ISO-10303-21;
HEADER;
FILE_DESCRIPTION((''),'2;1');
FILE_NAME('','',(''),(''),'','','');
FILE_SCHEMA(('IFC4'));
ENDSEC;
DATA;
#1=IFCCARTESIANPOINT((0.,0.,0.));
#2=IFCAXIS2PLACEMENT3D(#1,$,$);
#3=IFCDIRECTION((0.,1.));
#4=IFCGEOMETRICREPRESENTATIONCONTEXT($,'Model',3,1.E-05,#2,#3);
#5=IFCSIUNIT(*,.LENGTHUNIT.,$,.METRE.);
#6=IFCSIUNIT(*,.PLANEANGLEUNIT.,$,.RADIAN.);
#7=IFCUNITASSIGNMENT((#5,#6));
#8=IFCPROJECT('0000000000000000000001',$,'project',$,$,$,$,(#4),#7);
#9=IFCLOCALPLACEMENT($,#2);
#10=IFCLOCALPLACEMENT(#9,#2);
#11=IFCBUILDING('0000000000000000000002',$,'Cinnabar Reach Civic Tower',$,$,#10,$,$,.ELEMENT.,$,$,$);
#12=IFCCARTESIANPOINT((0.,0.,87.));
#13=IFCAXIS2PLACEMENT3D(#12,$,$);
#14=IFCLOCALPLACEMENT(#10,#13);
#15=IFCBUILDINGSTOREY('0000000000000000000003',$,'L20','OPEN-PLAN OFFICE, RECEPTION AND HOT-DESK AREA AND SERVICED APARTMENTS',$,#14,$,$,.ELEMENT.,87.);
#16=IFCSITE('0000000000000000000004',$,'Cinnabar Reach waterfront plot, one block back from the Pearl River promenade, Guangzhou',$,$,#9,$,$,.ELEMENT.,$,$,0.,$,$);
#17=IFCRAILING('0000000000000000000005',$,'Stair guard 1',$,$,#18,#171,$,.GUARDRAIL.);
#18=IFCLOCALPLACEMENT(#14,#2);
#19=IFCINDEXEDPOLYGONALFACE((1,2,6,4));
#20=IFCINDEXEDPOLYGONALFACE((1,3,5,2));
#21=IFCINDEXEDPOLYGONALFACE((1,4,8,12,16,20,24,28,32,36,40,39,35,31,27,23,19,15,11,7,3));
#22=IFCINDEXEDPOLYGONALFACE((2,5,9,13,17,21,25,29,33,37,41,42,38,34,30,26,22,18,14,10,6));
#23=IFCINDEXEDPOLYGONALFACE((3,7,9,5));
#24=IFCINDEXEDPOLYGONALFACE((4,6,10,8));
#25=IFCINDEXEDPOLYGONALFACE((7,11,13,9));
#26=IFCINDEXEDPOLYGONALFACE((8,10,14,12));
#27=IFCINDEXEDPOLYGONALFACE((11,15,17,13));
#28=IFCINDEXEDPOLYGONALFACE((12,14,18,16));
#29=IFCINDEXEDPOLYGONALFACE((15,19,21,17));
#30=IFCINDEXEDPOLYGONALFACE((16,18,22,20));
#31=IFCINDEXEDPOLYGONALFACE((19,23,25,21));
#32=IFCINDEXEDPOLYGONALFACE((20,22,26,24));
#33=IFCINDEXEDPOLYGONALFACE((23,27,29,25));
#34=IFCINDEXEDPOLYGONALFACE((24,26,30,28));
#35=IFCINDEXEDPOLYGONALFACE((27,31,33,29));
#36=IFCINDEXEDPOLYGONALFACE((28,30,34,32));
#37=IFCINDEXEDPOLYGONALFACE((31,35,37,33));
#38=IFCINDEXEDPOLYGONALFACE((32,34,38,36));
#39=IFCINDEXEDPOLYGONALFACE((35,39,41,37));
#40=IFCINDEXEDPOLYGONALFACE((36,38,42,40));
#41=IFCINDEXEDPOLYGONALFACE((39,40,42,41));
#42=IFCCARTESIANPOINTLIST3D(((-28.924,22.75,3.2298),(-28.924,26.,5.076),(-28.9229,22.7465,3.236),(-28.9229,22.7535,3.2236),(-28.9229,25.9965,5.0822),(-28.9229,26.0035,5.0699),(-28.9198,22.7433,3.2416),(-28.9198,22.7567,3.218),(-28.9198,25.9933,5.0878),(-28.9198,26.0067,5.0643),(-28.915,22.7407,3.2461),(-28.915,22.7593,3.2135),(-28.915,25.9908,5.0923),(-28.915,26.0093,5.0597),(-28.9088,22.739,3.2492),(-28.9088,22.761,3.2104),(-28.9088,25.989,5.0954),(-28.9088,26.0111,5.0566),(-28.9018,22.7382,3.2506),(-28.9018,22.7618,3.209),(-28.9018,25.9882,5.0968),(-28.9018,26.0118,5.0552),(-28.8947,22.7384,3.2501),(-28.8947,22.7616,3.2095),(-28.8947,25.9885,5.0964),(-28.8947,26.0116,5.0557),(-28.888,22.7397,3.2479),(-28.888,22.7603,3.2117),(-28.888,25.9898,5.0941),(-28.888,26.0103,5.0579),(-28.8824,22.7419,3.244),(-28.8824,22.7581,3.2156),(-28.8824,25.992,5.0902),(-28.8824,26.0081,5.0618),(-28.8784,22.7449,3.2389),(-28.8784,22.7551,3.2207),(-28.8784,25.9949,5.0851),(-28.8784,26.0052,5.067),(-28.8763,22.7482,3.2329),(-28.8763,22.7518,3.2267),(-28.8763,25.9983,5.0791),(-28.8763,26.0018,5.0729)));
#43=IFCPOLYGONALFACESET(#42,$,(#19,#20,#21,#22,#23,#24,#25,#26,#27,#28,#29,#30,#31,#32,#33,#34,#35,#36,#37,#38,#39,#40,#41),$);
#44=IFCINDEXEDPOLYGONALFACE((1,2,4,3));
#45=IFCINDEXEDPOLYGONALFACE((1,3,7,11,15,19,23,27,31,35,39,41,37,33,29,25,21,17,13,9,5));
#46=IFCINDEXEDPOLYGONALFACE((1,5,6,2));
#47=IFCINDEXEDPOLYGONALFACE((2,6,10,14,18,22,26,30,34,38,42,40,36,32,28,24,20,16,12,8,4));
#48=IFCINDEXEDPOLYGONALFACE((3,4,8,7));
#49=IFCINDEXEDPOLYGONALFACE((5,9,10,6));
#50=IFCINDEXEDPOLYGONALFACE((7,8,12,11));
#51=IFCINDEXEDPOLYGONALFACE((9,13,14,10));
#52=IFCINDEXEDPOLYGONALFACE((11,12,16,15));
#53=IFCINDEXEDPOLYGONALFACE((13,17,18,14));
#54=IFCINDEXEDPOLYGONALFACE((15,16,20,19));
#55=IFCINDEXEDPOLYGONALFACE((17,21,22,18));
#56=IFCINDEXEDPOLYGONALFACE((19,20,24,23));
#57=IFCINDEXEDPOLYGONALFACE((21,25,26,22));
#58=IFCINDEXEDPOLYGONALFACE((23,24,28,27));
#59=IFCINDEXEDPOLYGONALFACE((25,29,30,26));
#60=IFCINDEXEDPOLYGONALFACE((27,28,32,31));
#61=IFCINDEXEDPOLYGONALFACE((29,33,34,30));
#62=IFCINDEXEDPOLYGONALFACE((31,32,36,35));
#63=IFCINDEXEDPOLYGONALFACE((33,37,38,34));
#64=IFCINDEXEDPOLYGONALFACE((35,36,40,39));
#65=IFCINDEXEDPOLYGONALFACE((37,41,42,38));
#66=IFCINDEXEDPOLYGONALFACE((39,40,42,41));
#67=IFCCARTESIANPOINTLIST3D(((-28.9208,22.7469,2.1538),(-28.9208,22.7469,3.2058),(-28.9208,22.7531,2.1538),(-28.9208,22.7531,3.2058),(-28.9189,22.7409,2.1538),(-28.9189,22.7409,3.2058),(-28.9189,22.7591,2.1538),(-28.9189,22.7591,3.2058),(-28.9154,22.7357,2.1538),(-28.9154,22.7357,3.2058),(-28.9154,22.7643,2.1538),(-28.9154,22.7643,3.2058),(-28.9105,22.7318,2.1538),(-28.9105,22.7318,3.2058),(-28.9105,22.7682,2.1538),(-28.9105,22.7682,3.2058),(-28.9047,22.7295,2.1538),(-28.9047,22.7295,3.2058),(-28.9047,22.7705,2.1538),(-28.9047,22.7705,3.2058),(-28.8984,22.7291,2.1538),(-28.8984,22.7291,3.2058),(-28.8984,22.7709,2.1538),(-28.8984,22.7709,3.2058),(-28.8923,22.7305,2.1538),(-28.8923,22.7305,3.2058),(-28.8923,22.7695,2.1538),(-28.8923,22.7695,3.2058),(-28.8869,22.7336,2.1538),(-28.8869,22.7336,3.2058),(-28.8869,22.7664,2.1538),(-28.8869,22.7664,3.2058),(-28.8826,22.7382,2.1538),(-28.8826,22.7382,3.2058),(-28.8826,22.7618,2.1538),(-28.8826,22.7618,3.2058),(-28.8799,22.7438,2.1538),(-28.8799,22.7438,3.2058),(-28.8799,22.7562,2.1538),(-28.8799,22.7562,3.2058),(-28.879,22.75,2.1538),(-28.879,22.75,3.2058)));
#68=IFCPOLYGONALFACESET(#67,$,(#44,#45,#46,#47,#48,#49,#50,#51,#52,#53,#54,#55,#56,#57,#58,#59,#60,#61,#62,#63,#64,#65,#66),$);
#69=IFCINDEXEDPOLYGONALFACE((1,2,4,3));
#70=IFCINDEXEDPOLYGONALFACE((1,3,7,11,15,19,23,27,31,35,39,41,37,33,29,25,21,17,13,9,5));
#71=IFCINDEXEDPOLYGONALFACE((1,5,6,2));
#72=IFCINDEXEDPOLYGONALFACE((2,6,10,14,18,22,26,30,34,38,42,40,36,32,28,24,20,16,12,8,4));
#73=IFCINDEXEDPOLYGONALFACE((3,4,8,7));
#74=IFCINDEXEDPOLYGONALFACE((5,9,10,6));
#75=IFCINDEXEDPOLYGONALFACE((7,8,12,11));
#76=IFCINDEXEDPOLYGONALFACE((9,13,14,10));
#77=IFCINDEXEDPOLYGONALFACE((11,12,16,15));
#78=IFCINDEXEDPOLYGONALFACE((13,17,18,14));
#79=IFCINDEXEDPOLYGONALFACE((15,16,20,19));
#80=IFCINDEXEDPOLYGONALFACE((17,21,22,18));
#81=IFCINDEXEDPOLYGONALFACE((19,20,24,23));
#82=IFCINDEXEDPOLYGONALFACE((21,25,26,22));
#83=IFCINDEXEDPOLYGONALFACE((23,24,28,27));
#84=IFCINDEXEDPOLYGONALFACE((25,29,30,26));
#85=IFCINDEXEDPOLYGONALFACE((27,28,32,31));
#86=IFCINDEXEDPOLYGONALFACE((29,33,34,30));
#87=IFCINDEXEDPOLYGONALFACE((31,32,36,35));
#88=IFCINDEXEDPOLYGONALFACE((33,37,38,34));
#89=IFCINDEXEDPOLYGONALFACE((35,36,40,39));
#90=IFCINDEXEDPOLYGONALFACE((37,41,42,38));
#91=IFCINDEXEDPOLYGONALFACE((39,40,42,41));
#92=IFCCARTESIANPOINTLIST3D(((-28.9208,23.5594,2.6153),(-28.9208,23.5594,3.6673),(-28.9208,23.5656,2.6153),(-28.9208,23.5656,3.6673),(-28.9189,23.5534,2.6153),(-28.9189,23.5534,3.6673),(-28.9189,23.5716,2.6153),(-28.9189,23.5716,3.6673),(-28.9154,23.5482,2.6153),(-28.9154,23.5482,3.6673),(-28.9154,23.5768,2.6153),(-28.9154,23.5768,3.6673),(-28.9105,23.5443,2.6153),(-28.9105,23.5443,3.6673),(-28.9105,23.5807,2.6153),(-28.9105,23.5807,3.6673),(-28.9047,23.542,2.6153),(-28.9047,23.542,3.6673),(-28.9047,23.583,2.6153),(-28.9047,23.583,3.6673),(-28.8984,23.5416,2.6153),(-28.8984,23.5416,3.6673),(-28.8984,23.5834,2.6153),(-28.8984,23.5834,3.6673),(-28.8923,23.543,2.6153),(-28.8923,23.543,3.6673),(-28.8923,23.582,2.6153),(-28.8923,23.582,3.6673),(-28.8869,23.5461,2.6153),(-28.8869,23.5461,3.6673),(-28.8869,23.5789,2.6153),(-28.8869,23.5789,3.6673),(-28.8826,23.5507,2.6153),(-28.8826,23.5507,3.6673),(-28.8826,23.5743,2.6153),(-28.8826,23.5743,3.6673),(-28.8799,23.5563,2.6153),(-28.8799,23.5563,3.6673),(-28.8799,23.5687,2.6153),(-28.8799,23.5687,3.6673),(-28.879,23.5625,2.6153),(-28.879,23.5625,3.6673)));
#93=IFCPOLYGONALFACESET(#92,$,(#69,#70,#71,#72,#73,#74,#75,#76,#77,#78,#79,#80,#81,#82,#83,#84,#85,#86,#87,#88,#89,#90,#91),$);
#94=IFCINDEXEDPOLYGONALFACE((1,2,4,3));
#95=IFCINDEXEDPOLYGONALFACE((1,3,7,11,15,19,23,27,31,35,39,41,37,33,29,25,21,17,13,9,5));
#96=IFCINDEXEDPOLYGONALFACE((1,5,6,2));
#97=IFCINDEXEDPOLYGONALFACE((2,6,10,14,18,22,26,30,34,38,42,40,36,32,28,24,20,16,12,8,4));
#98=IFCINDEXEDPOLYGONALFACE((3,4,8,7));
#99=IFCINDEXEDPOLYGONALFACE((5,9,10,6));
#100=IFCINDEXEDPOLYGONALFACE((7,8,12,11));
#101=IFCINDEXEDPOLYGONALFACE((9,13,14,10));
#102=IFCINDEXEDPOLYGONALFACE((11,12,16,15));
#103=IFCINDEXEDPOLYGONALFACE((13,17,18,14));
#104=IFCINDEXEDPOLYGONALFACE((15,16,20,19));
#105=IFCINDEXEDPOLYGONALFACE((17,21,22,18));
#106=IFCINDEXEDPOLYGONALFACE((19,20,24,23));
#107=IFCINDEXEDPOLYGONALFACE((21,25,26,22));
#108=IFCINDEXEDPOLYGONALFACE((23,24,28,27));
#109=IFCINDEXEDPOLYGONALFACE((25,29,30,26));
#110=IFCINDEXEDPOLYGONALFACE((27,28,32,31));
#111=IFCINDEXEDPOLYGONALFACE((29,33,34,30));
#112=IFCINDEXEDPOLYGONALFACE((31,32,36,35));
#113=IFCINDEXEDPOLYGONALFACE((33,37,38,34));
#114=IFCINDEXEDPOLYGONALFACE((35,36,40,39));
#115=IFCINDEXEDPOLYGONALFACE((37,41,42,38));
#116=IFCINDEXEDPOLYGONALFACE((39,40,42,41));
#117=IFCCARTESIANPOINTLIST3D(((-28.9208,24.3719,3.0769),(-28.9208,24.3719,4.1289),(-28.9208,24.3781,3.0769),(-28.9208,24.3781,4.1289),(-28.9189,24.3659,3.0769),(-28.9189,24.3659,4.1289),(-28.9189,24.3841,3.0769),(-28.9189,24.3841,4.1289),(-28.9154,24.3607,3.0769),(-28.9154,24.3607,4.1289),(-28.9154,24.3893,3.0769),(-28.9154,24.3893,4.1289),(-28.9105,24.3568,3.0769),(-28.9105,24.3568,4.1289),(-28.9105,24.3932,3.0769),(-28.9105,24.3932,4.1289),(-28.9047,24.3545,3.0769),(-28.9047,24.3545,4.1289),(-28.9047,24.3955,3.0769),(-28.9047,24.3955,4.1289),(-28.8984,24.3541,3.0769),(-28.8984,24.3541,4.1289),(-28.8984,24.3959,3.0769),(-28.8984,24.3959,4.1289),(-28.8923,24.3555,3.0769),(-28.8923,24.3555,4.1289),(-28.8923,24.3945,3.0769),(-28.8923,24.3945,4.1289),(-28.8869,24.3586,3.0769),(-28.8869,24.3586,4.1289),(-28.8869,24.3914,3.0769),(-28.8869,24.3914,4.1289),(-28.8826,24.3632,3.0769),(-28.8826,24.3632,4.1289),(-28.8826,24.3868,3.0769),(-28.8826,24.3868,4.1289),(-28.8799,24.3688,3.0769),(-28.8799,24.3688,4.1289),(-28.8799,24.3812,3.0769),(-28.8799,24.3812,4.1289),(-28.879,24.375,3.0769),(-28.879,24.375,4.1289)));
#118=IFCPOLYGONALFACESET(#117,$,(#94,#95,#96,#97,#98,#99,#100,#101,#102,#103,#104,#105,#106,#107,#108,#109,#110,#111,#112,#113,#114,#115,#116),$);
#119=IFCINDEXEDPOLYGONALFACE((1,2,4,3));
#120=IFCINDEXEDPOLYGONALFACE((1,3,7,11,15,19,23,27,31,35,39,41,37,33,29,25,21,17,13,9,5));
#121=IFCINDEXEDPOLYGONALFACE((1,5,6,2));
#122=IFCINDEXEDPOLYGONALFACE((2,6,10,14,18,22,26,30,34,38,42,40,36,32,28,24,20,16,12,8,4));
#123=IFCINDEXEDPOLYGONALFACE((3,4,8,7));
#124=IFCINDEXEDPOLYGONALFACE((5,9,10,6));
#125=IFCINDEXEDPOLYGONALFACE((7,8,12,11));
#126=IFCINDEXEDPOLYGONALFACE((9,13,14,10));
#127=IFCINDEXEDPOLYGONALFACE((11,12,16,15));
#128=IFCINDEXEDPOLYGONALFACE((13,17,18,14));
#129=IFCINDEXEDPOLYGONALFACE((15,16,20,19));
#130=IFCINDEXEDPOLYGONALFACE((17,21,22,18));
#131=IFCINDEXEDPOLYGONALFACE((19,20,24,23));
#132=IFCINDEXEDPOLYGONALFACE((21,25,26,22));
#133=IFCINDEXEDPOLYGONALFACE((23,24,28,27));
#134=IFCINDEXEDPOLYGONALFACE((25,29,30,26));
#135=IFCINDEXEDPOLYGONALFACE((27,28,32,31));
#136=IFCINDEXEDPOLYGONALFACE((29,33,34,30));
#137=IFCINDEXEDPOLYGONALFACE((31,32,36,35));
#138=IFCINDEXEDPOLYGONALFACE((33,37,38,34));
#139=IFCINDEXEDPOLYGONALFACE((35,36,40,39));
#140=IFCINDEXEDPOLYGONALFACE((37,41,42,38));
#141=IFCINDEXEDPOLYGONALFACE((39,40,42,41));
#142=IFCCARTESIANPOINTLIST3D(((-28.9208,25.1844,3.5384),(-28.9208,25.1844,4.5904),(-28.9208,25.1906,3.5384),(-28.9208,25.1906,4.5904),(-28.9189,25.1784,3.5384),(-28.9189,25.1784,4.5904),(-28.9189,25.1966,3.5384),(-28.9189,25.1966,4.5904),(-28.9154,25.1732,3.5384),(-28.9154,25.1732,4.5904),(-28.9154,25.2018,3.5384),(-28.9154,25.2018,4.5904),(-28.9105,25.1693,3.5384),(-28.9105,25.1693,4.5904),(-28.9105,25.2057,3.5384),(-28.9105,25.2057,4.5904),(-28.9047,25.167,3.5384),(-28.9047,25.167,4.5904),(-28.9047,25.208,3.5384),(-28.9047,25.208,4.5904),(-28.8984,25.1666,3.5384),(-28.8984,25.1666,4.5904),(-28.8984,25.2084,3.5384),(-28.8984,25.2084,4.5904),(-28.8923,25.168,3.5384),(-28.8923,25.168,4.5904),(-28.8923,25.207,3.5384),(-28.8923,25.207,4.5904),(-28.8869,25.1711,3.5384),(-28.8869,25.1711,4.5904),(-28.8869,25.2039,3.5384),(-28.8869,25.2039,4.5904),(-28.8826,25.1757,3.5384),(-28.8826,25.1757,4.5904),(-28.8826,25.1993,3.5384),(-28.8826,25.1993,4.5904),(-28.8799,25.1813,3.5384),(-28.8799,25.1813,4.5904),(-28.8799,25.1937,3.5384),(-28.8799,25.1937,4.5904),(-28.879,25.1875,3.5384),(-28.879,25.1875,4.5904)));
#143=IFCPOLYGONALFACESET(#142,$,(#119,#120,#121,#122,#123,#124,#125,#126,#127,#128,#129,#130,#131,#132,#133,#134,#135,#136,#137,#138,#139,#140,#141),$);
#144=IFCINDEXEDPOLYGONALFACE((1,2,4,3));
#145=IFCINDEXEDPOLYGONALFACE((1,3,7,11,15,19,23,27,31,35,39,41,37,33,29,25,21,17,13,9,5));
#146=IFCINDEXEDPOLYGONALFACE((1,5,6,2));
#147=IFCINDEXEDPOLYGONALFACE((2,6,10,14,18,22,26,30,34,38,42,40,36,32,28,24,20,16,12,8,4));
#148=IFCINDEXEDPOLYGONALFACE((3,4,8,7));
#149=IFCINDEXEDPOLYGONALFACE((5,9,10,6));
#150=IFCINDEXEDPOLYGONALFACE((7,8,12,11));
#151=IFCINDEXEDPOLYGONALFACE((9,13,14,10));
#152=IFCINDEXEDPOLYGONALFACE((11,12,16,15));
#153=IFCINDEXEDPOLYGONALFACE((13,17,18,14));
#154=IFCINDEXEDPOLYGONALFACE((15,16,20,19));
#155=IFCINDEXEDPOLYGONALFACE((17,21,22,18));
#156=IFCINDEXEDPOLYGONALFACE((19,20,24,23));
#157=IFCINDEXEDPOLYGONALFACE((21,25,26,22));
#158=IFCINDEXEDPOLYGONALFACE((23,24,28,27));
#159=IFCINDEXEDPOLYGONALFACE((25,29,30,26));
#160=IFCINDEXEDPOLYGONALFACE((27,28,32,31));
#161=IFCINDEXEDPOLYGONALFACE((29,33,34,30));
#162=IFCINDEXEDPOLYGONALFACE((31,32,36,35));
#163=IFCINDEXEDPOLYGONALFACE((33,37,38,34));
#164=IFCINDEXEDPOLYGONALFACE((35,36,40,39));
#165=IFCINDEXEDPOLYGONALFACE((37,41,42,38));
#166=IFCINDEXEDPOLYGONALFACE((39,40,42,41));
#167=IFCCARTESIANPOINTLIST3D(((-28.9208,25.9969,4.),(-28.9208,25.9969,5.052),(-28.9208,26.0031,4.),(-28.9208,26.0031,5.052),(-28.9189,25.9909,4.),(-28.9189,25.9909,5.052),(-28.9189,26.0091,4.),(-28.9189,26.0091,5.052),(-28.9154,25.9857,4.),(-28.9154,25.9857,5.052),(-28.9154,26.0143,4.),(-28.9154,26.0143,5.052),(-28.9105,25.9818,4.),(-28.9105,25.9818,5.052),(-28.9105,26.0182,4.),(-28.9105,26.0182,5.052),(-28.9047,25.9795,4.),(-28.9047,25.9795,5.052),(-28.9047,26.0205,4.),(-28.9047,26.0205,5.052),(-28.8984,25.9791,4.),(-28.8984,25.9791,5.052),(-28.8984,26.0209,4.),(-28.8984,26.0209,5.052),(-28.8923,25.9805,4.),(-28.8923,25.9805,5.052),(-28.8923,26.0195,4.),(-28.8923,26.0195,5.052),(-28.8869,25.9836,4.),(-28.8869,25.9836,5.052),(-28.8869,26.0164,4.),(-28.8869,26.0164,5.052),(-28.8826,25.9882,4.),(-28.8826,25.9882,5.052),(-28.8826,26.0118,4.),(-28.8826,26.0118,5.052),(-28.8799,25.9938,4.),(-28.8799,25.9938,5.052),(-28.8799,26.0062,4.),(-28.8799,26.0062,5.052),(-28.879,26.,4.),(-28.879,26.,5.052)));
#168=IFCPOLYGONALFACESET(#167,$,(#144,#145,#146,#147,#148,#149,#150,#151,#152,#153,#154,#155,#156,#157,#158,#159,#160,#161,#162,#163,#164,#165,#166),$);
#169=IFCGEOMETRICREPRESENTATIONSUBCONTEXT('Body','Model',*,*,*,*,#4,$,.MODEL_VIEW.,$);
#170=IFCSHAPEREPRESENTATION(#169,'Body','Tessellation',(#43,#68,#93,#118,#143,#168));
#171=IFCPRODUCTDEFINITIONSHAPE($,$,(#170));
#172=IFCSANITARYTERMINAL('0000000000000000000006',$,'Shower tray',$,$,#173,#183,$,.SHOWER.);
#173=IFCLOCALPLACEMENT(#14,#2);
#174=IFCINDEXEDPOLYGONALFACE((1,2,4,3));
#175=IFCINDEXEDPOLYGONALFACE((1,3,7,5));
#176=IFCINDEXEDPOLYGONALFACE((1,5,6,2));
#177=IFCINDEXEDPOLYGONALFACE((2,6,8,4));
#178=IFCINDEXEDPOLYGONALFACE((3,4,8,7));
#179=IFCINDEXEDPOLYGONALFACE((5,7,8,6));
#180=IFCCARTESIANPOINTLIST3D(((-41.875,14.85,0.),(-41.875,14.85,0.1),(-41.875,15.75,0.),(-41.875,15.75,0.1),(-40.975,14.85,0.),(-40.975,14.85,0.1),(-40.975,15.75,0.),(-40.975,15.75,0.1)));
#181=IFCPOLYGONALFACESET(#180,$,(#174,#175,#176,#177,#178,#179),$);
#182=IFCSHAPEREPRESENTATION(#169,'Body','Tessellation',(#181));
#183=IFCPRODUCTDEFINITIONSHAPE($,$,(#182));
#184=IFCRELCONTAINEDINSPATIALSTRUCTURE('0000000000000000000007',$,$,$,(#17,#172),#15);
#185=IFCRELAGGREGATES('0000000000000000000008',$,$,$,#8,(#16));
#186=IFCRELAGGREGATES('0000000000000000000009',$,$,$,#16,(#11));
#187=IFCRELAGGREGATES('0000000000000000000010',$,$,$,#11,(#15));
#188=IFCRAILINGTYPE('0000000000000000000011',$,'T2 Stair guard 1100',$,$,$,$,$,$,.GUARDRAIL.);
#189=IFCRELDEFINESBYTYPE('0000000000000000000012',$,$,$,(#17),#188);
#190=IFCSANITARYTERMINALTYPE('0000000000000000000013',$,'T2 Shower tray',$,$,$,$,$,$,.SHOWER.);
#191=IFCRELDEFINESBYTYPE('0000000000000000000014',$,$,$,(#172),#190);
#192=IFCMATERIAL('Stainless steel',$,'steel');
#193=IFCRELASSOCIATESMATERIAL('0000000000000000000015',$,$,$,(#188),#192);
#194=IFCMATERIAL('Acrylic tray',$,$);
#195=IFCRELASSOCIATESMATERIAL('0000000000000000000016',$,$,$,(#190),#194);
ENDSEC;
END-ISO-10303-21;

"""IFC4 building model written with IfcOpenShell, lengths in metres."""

from ifc_helpers import new_model, si_unit, direction, frame, origin, origin_2d, place, context, subcontext, project, spatial, rectangle, circle, extrude, material, type_object, element, save


model = new_model("IFC4")

# Units and contexts
model_context = context("Model", 3, precision=1e-05, world=origin(), true_north=direction((0.0, 1.0)))
body_context = subcontext(model_context, "Body", "Model", "MODEL_VIEW")
ifc_project = project(units=[si_unit("LENGTHUNIT", "METRE"), si_unit("PLANEANGLEUNIT", "RADIAN")], contexts=[model_context])

# Site, building, storey
site_placement = place(None, origin())
site = spatial("IfcSite", under=ifc_project, at=site_placement, Name="Cinnabar Reach waterfront plot, one block back from the Pearl River promenade, Guangzhou", CompositionType="ELEMENT", RefElevation=0.0)
building_placement = place(site_placement, origin())
building = spatial("IfcBuilding", under=site, at=building_placement, Name="Cinnabar Reach Civic Tower", CompositionType="ELEMENT")
storey_placement = place(building_placement, frame((0.0, 0.0, 87.0)))
storey = spatial("IfcBuildingStorey", under=building, at=storey_placement, Name="L20", Description="OPEN-PLAN OFFICE, RECEPTION AND HOT-DESK AREA AND SERVICED APARTMENTS", CompositionType="ELEMENT", Elevation=87.0)

# Railing
ifc_material_1 = material(Name="Stainless steel", Category="steel")
railing_type = type_object("IfcRailingType", Name="T2 Stair guard 1100", PredefinedType="GUARDRAIL", material=ifc_material_1)
railing_1_placement = place(storey_placement, frame((-28.9, 22.75, 2.1538)))
element("IfcRailing", 1, at=railing_1_placement, inside=storey, type_object=railing_type, Name="Stair guard 1", PredefinedType="GUARDRAIL", context=body_context, shape_type="SweptSolid", body=[
    extrude(circle(Radius=0.024, at=origin_2d()), frame((0.0, 0.0, 1.076), z_axis=(0.0, 0.869501, 0.49393), x_axis=(-1.0, 0.0, 0.0)), (0.0, 0.0, 1.0), 3.7378),
    extrude(circle(Radius=0.021, at=origin_2d()), origin(), (0.0, 0.0, 1.0), 1.052),
    extrude(circle(Radius=0.021, at=origin_2d()), frame((0.0, 0.8125, 0.4615)), (0.0, 0.0, 1.0), 1.052),
    extrude(circle(Radius=0.021, at=origin_2d()), frame((0.0, 1.625, 0.9231)), (0.0, 0.0, 1.0), 1.052),
    extrude(circle(Radius=0.021, at=origin_2d()), frame((0.0, 2.4375, 1.3846)), (0.0, 0.0, 1.0), 1.052),
    extrude(circle(Radius=0.021, at=origin_2d()), frame((0.0, 3.25, 1.8462)), (0.0, 0.0, 1.0), 1.052),
])

# Sanitary terminal
ifc_material_2 = material(Name="Acrylic tray")
sanitary_terminal_type = type_object("IfcSanitaryTerminalType", Name="T2 Shower tray", PredefinedType="SHOWER", material=ifc_material_2)
sanitary_terminal_placement = place(storey_placement, frame((-41.425, 15.3, 0.0), z_axis=(0.0, 0.0, 1.0), x_axis=(1.0, 0.0, 0.0)))
element("IfcSanitaryTerminal", 2, at=sanitary_terminal_placement, inside=storey, type_object=sanitary_terminal_type, Name="Shower tray", PredefinedType="SHOWER", context=body_context, shape_type="SweptSolid", body=[
    extrude(rectangle(XDim=0.9, YDim=0.9, at=origin_2d()), origin(), (0.0, 0.0, 1.0), 0.1),
])

save(model, "model.ifc")
